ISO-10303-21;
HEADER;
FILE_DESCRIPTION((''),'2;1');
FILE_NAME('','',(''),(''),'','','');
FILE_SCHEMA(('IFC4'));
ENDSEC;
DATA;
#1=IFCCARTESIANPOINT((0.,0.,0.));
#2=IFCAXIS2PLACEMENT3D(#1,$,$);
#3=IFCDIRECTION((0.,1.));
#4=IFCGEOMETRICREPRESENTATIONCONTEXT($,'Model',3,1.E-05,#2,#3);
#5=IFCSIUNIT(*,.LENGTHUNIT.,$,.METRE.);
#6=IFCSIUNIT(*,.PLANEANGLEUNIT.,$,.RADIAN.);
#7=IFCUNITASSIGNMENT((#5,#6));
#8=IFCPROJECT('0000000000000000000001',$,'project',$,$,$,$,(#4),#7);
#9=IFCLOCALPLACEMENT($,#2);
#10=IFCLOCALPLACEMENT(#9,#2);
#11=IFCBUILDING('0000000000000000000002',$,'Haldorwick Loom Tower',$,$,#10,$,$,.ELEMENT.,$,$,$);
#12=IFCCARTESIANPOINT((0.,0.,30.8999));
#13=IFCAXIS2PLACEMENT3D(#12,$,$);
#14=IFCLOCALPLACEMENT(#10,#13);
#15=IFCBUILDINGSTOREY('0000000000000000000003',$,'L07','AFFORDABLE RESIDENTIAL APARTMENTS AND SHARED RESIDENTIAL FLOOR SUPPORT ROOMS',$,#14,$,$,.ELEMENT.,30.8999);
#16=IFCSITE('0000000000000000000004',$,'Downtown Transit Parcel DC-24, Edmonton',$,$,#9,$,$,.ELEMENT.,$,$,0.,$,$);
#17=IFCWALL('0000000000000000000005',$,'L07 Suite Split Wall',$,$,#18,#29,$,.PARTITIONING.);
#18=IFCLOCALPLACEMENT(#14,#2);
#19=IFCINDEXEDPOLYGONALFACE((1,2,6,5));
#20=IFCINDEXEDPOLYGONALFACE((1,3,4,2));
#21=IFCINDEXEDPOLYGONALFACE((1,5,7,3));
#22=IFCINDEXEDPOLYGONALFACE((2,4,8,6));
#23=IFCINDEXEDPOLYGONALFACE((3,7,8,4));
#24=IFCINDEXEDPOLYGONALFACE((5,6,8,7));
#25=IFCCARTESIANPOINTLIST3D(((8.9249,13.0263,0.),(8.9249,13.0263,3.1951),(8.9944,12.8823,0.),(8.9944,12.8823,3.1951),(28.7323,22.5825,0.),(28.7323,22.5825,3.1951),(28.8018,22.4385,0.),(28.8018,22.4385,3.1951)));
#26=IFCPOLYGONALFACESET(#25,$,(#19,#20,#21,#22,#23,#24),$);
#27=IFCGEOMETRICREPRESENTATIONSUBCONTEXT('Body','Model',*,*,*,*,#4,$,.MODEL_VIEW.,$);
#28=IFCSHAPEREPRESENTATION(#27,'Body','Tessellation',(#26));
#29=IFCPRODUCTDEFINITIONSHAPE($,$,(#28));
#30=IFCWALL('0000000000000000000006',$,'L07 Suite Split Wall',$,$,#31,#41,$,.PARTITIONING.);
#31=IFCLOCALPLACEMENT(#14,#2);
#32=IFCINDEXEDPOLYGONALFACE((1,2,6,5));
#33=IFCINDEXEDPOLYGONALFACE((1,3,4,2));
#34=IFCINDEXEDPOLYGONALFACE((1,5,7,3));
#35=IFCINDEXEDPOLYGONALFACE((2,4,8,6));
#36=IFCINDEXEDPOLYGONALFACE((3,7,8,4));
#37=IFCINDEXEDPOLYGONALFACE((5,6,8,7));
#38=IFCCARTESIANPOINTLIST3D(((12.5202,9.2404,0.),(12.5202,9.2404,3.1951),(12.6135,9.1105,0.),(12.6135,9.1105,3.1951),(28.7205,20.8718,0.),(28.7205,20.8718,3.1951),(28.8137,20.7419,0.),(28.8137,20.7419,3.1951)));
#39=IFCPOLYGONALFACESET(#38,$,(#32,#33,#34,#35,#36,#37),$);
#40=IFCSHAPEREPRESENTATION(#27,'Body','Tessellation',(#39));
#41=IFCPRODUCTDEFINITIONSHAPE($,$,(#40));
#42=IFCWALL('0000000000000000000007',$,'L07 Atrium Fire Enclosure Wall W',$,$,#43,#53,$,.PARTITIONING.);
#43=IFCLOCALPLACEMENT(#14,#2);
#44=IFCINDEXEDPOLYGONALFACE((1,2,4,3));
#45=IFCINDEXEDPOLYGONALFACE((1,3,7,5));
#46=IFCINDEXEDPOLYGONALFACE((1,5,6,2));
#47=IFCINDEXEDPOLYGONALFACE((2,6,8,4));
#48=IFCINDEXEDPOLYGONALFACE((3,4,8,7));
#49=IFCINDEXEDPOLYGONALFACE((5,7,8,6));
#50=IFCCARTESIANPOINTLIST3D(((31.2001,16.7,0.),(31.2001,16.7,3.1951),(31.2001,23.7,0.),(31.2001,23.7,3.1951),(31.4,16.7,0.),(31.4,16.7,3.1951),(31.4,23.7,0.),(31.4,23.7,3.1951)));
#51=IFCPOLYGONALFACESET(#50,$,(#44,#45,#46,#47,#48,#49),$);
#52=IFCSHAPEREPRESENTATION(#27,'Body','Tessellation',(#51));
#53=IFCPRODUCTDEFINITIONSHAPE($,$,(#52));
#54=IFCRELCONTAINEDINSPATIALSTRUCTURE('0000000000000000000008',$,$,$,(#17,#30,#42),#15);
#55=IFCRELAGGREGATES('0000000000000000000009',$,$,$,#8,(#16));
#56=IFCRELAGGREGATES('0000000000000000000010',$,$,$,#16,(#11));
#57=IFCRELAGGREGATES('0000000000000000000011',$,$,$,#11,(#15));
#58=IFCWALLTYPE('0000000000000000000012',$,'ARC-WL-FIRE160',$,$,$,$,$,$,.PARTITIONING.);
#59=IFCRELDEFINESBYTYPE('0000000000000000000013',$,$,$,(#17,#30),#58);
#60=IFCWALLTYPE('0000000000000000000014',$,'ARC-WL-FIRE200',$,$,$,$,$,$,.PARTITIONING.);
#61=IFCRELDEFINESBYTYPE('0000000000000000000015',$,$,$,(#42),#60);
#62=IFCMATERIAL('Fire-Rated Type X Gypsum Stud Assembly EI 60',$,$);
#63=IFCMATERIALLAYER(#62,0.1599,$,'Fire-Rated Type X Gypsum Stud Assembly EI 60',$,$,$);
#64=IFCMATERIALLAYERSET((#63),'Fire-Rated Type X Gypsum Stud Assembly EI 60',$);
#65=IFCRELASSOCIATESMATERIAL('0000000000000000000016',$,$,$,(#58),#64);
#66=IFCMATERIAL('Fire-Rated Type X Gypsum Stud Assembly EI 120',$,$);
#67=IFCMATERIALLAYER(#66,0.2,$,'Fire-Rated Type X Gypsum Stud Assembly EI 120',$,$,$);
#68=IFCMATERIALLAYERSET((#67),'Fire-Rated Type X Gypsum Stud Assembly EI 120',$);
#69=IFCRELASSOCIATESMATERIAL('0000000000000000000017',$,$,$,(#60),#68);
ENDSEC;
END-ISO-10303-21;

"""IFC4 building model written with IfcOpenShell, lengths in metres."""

from ifc_helpers import new_model, si_unit, direction, frame, frame_2d, origin, place, context, subcontext, project, spatial, rectangle, extrude, material, layer, layer_set, type_object, element, save


model = new_model("IFC4")

# Units and contexts
model_context = context("Model", 3, precision=1e-05, world=origin(), true_north=direction((0.0, 1.0)))
body_context = subcontext(model_context, "Body", "Model", "MODEL_VIEW")
ifc_project = project(units=[si_unit("LENGTHUNIT", "METRE"), si_unit("PLANEANGLEUNIT", "RADIAN")], contexts=[model_context])

# Site, building, storey
site_placement = place(None, origin())
site = spatial("IfcSite", under=ifc_project, at=site_placement, Name="Downtown Transit Parcel DC-24, Edmonton", CompositionType="ELEMENT", RefElevation=0.0)
building_placement = place(site_placement, origin())
building = spatial("IfcBuilding", under=site, at=building_placement, Name="Haldorwick Loom Tower", CompositionType="ELEMENT")
storey_placement = place(building_placement, frame((0.0, 0.0, 30.8999)))
storey = spatial("IfcBuildingStorey", under=building, at=storey_placement, Name="L07", Description="AFFORDABLE RESIDENTIAL APARTMENTS AND SHARED RESIDENTIAL FLOOR SUPPORT ROOMS", CompositionType="ELEMENT", Elevation=30.8999)

# Shared definitions
ifc_material_1 = material(Name="Fire-Rated Type X Gypsum Stud Assembly EI 60")
ifc_layer_1 = layer(ifc_material_1, 0.1599, Name="Fire-Rated Type X Gypsum Stud Assembly EI 60")
ifc_layer_set_1 = layer_set([ifc_layer_1], Name="Fire-Rated Type X Gypsum Stud Assembly EI 60")
wall_type_1 = type_object("IfcWallType", Name="ARC-WL-FIRE160", PredefinedType="PARTITIONING", material=ifc_layer_set_1)

# Walls
wall_1_placement = place(storey_placement, frame((28.7671, 22.5105, 0.0), z_axis=(0.0, 0.0, 1.0), x_axis=(-0.900659, -0.434527, 0.0)))
element("IfcWall", 1, at=wall_1_placement, inside=storey, type_object=wall_type_1, Name="L07 Suite Split Wall", PredefinedType="PARTITIONING", context=body_context, shape_type="SweptSolid", body=[
    extrude(rectangle(XDim=21.9922, YDim=0.1599, at=frame_2d((10.9961, 0.0))), origin(), (0.0, 0.0, 1.0), 3.1951),
])
wall_2_placement = place(storey_placement, frame((28.7671, 20.8069, 0.0), z_axis=(0.0, 0.0, 1.0), x_axis=(-0.812313, -0.583221, 0.0)))
element("IfcWall", 2, at=wall_2_placement, inside=storey, type_object=wall_type_1, Name="L07 Suite Split Wall", PredefinedType="PARTITIONING", context=body_context, shape_type="SweptSolid", body=[
    extrude(rectangle(XDim=19.9434, YDim=0.1599, at=frame_2d((9.9717, 0.0))), origin(), (0.0, 0.0, 1.0), 3.1951),
])
ifc_material_2 = material(Name="Fire-Rated Type X Gypsum Stud Assembly EI 120")
ifc_layer_2 = layer(ifc_material_2, 0.2, Name="Fire-Rated Type X Gypsum Stud Assembly EI 120")
ifc_layer_set_2 = layer_set([ifc_layer_2], Name="Fire-Rated Type X Gypsum Stud Assembly EI 120")
wall_type_2 = type_object("IfcWallType", Name="ARC-WL-FIRE200", PredefinedType="PARTITIONING", material=ifc_layer_set_2)
wall_3_placement = place(storey_placement, frame((31.3, 16.7, 0.0), z_axis=(0.0, 0.0, 1.0), x_axis=(0.0, 1.0, 0.0)))
element("IfcWall", 3, at=wall_3_placement, inside=storey, type_object=wall_type_2, Name="L07 Atrium Fire Enclosure Wall W", PredefinedType="PARTITIONING", context=body_context, shape_type="SweptSolid", body=[
    extrude(rectangle(XDim=7.0, YDim=0.2, at=frame_2d((3.5, 0.0))), origin(), (0.0, 0.0, 1.0), 3.1951),
])

save(model, "model.ifc")
